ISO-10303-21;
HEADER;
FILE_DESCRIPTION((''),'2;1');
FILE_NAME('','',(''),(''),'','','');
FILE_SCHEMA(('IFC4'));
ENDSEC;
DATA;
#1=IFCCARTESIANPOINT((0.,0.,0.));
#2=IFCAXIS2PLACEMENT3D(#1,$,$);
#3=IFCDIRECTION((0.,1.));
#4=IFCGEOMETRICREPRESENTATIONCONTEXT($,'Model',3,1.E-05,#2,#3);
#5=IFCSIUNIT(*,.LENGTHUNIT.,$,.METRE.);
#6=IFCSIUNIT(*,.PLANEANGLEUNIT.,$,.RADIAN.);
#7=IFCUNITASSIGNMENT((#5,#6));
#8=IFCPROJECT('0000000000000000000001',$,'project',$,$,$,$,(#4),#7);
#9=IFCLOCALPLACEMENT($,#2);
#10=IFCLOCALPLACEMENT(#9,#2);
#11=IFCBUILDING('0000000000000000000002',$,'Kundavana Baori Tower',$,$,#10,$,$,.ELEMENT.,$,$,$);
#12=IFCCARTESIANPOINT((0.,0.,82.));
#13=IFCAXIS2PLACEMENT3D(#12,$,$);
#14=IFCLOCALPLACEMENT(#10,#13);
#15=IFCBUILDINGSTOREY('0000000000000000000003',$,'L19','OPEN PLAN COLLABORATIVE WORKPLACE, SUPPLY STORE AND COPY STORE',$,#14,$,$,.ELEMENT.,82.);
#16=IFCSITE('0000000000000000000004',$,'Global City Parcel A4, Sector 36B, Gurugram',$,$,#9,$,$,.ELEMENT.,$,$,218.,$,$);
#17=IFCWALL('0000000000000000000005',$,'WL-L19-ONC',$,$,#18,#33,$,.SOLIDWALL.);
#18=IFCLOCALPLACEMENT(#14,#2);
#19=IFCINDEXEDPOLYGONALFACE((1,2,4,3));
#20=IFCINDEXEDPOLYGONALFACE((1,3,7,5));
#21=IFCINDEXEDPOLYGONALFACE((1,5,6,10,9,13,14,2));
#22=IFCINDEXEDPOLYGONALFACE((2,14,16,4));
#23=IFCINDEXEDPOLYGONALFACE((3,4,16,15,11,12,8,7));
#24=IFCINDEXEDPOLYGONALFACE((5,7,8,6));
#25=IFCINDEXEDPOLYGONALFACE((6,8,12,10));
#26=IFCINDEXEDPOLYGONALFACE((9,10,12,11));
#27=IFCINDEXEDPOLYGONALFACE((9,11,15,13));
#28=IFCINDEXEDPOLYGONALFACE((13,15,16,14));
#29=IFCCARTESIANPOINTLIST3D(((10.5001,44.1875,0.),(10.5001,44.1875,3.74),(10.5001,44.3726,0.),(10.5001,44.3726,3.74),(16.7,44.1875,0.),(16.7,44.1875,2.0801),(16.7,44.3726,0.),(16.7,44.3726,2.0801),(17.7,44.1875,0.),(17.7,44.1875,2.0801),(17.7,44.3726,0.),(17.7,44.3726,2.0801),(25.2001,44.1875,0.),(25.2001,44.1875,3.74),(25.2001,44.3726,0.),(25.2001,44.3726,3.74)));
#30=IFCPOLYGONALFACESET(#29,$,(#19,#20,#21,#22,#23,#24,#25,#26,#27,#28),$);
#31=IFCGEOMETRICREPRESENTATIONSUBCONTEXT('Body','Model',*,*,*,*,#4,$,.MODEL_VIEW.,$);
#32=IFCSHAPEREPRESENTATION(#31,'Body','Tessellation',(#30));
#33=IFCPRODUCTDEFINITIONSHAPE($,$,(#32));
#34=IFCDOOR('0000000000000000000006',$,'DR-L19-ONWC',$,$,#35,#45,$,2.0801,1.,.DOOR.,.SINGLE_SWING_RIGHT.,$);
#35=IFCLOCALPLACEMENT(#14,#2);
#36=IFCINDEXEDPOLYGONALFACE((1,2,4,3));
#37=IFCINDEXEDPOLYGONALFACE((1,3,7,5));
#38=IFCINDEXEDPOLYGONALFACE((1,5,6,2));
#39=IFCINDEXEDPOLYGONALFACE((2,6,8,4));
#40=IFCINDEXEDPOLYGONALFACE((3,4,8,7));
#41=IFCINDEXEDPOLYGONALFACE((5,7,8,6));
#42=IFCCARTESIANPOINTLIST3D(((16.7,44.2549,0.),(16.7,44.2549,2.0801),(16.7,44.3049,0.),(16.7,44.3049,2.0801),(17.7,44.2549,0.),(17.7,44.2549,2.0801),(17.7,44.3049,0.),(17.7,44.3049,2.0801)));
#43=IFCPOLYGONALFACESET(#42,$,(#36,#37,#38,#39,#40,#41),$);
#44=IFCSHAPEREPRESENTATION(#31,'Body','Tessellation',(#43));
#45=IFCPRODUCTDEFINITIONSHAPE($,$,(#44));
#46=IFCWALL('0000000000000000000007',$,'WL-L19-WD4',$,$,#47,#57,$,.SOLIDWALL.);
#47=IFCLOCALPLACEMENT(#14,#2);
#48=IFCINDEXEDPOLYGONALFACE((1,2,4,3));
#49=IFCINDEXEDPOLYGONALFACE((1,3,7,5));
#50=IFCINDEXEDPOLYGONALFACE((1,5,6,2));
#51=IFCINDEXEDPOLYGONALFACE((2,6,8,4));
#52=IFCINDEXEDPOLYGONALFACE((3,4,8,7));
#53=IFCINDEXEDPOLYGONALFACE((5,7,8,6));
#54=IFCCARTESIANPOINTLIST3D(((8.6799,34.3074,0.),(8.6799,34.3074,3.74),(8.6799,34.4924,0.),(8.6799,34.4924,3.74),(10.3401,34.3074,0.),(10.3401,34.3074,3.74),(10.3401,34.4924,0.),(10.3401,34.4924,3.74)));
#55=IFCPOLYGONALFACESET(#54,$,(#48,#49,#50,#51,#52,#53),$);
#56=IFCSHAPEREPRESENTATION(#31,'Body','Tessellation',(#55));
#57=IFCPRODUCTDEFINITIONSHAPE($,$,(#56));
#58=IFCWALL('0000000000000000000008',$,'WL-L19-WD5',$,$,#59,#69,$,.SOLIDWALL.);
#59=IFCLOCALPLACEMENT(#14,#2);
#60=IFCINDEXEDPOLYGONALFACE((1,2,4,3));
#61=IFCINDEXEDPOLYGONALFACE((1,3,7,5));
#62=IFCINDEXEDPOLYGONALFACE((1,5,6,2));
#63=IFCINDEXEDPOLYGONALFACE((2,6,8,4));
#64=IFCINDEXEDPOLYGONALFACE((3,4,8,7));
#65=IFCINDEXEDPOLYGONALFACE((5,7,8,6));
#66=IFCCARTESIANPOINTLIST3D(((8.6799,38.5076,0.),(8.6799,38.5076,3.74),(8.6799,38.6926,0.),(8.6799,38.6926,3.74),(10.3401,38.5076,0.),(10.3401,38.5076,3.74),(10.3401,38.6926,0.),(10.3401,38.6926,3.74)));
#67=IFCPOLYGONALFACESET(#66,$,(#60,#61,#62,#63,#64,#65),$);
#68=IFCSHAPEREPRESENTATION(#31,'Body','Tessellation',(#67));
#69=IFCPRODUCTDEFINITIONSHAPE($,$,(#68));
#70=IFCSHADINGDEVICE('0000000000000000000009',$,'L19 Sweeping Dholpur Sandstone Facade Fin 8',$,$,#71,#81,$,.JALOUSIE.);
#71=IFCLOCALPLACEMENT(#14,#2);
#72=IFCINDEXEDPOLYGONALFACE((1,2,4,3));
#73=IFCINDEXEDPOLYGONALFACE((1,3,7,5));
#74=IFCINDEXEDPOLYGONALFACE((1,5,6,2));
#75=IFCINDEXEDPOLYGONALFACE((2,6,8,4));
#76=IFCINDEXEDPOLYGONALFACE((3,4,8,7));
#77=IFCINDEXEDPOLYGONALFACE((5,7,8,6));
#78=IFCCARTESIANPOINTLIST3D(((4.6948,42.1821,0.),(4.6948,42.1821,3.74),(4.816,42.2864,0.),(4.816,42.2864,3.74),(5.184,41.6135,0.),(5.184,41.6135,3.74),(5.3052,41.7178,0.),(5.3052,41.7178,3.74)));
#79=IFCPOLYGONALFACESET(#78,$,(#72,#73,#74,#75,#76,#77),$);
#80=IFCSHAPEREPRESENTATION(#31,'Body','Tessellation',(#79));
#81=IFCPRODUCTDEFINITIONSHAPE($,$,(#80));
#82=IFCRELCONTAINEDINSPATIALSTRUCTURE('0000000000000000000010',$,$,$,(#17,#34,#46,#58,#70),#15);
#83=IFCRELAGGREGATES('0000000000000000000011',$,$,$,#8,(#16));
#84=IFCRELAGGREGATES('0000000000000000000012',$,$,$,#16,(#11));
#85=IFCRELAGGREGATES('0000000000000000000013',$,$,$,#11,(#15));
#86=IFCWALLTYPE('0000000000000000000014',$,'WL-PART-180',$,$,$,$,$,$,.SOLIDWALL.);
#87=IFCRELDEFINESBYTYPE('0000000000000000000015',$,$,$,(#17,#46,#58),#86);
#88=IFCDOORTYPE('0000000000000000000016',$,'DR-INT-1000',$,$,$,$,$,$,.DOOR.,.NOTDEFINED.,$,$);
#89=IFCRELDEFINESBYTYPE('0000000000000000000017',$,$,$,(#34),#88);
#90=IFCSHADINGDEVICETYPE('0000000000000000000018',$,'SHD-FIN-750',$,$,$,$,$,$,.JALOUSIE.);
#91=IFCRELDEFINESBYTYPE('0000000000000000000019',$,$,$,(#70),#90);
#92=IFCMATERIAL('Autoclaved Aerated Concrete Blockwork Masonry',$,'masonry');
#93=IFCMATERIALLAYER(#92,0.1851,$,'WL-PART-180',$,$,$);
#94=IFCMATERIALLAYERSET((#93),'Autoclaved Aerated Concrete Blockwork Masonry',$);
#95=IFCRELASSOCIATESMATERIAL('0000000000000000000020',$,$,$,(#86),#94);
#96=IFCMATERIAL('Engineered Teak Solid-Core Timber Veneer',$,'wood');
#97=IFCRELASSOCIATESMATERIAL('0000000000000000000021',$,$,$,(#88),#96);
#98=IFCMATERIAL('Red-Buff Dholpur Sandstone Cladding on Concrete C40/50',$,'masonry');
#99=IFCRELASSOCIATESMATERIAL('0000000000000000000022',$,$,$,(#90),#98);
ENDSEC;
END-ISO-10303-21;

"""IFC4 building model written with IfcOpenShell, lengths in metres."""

from ifc_helpers import new_model, si_unit, direction, frame, frame_2d, origin, origin_2d, place, context, subcontext, project, spatial, rectangle, extrude, material, layer, layer_set, type_object, element, fill, save


model = new_model("IFC4")

# Units and contexts
model_context = context("Model", 3, precision=1e-05, world=origin(), true_north=direction((0.0, 1.0)))
body_context = subcontext(model_context, "Body", "Model", "MODEL_VIEW")
ifc_project = project(units=[si_unit("LENGTHUNIT", "METRE"), si_unit("PLANEANGLEUNIT", "RADIAN")], contexts=[model_context])

# Site, building, storey
site_placement = place(None, origin())
site = spatial("IfcSite", under=ifc_project, at=site_placement, Name="Global City Parcel A4, Sector 36B, Gurugram", CompositionType="ELEMENT", RefElevation=218.0)
building_placement = place(site_placement, origin())
building = spatial("IfcBuilding", under=site, at=building_placement, Name="Kundavana Baori Tower", CompositionType="ELEMENT")
storey_placement = place(building_placement, frame((0.0, 0.0, 82.0)))
storey = spatial("IfcBuildingStorey", under=building, at=storey_placement, Name="L19", Description="OPEN PLAN COLLABORATIVE WORKPLACE, SUPPLY STORE AND COPY STORE", CompositionType="ELEMENT", Elevation=82.0)

# Shared definitions
ifc_material_1 = material(Name="Autoclaved Aerated Concrete Blockwork Masonry", Category="masonry")
ifc_layer_1 = layer(ifc_material_1, 0.1851, Name="WL-PART-180")
ifc_layer_set_1 = layer_set([ifc_layer_1], Name="Autoclaved Aerated Concrete Blockwork Masonry")
wall_type_1 = type_object("IfcWallType", Name="WL-PART-180", PredefinedType="SOLIDWALL", material=ifc_layer_set_1)

# Wall, opening, door
wall_1_placement = place(storey_placement, frame((10.5, 44.28, 0.0), z_axis=(0.0, 0.0, 1.0), x_axis=(1.0, 0.0, 0.0)))
wall_1 = element("IfcWall", 1, at=wall_1_placement, inside=storey, type_object=wall_type_1, Name="WL-L19-ONC", PredefinedType="SOLIDWALL", context=body_context, shape_type="SweptSolid", body=[
    extrude(rectangle(XDim=14.7, YDim=0.1851, at=frame_2d((7.3501, 0.0))), origin(), (0.0, 0.0, 1.0), 3.74),
])
opening_1_placement = place(wall_1_placement, frame((6.2, 0.0, 0.0)))
opening_1 = element("IfcOpeningElement", 2, at=opening_1_placement, cuts=wall_1, PredefinedType="OPENING", context=body_context, shape_type="SweptSolid", body=[
    extrude(rectangle(XDim=1.0, YDim=2.0801, at=frame_2d((0.5, 1.04))), frame((0.0, 0.1025, 0.0), z_axis=(0.0, -1.0, 0.0), x_axis=(1.0, 0.0, 0.0)), (0.0, 0.0, 1.0), 0.2051),
])
ifc_material_2 = material(Name="Engineered Teak Solid-Core Timber Veneer", Category="wood")
door_type_1 = type_object("IfcDoorType", Name="DR-INT-1000", OperationType="NOTDEFINED", PredefinedType="DOOR", material=ifc_material_2)
door_1_placement = place(opening_1_placement, origin())
door_1 = element("IfcDoor", 3, at=door_1_placement, inside=storey, type_object=door_type_1, Name="DR-L19-ONWC", OperationType="SINGLE_SWING_RIGHT", OverallHeight=2.0801, OverallWidth=1.0, PredefinedType="DOOR", context=body_context, shape_type="SweptSolid", body=[
    extrude(rectangle(XDim=1.0, YDim=2.0801, at=frame_2d((0.5, 1.04))), frame((0.0, 0.0249, 0.0), z_axis=(0.0, -1.0, 0.0), x_axis=(1.0, 0.0, 0.0)), (0.0, 0.0, 1.0), 0.05),
])
fill(opening_1, door_1)

# Walls
for number, where, z_axis, x_axis, name in (
    (4, (8.6799, 34.3999, 0.0), (0.0, 0.0, 1.0), (1.0, 0.0, 0.0), "WL-L19-WD4"),
    (5, (8.6799, 38.6001, 0.0), (0.0, 0.0, 1.0), (1.0, 0.0, 0.0), "WL-L19-WD5"),
):
    element("IfcWall", number, at=place(storey_placement, frame(where, z_axis=z_axis, x_axis=x_axis)), inside=storey, type_object=wall_type_1, Name=name, PredefinedType="SOLIDWALL", context=body_context, shape_type="SweptSolid", body=[
        extrude(rectangle(XDim=1.6602, YDim=0.1851, at=frame_2d((0.8301, 0.0))), origin(), (0.0, 0.0, 1.0), 3.74),
    ])

# Shading device
ifc_material_3 = material(Name="Red-Buff Dholpur Sandstone Cladding on Concrete C40/50", Category="masonry")
shading_device_type = type_object("IfcShadingDeviceType", Name="SHD-FIN-750", PredefinedType="JALOUSIE", material=ifc_material_3)
shading_device_placement = place(storey_placement, frame((5.0, 41.95, 0.0), z_axis=(0.0, 0.0, 1.0), x_axis=(0.758021, 0.652231, 0.0)))
element("IfcShadingDevice", 6, at=shading_device_placement, inside=storey, type_object=shading_device_type, Name="L19 Sweeping Dholpur Sandstone Facade Fin 8", PredefinedType="JALOUSIE", context=body_context, shape_type="SweptSolid", body=[
    extrude(rectangle(XDim=0.1599, YDim=0.75, at=origin_2d()), origin(), (0.0, 0.0, 1.0), 3.74),
])

save(model, "model.ifc")
